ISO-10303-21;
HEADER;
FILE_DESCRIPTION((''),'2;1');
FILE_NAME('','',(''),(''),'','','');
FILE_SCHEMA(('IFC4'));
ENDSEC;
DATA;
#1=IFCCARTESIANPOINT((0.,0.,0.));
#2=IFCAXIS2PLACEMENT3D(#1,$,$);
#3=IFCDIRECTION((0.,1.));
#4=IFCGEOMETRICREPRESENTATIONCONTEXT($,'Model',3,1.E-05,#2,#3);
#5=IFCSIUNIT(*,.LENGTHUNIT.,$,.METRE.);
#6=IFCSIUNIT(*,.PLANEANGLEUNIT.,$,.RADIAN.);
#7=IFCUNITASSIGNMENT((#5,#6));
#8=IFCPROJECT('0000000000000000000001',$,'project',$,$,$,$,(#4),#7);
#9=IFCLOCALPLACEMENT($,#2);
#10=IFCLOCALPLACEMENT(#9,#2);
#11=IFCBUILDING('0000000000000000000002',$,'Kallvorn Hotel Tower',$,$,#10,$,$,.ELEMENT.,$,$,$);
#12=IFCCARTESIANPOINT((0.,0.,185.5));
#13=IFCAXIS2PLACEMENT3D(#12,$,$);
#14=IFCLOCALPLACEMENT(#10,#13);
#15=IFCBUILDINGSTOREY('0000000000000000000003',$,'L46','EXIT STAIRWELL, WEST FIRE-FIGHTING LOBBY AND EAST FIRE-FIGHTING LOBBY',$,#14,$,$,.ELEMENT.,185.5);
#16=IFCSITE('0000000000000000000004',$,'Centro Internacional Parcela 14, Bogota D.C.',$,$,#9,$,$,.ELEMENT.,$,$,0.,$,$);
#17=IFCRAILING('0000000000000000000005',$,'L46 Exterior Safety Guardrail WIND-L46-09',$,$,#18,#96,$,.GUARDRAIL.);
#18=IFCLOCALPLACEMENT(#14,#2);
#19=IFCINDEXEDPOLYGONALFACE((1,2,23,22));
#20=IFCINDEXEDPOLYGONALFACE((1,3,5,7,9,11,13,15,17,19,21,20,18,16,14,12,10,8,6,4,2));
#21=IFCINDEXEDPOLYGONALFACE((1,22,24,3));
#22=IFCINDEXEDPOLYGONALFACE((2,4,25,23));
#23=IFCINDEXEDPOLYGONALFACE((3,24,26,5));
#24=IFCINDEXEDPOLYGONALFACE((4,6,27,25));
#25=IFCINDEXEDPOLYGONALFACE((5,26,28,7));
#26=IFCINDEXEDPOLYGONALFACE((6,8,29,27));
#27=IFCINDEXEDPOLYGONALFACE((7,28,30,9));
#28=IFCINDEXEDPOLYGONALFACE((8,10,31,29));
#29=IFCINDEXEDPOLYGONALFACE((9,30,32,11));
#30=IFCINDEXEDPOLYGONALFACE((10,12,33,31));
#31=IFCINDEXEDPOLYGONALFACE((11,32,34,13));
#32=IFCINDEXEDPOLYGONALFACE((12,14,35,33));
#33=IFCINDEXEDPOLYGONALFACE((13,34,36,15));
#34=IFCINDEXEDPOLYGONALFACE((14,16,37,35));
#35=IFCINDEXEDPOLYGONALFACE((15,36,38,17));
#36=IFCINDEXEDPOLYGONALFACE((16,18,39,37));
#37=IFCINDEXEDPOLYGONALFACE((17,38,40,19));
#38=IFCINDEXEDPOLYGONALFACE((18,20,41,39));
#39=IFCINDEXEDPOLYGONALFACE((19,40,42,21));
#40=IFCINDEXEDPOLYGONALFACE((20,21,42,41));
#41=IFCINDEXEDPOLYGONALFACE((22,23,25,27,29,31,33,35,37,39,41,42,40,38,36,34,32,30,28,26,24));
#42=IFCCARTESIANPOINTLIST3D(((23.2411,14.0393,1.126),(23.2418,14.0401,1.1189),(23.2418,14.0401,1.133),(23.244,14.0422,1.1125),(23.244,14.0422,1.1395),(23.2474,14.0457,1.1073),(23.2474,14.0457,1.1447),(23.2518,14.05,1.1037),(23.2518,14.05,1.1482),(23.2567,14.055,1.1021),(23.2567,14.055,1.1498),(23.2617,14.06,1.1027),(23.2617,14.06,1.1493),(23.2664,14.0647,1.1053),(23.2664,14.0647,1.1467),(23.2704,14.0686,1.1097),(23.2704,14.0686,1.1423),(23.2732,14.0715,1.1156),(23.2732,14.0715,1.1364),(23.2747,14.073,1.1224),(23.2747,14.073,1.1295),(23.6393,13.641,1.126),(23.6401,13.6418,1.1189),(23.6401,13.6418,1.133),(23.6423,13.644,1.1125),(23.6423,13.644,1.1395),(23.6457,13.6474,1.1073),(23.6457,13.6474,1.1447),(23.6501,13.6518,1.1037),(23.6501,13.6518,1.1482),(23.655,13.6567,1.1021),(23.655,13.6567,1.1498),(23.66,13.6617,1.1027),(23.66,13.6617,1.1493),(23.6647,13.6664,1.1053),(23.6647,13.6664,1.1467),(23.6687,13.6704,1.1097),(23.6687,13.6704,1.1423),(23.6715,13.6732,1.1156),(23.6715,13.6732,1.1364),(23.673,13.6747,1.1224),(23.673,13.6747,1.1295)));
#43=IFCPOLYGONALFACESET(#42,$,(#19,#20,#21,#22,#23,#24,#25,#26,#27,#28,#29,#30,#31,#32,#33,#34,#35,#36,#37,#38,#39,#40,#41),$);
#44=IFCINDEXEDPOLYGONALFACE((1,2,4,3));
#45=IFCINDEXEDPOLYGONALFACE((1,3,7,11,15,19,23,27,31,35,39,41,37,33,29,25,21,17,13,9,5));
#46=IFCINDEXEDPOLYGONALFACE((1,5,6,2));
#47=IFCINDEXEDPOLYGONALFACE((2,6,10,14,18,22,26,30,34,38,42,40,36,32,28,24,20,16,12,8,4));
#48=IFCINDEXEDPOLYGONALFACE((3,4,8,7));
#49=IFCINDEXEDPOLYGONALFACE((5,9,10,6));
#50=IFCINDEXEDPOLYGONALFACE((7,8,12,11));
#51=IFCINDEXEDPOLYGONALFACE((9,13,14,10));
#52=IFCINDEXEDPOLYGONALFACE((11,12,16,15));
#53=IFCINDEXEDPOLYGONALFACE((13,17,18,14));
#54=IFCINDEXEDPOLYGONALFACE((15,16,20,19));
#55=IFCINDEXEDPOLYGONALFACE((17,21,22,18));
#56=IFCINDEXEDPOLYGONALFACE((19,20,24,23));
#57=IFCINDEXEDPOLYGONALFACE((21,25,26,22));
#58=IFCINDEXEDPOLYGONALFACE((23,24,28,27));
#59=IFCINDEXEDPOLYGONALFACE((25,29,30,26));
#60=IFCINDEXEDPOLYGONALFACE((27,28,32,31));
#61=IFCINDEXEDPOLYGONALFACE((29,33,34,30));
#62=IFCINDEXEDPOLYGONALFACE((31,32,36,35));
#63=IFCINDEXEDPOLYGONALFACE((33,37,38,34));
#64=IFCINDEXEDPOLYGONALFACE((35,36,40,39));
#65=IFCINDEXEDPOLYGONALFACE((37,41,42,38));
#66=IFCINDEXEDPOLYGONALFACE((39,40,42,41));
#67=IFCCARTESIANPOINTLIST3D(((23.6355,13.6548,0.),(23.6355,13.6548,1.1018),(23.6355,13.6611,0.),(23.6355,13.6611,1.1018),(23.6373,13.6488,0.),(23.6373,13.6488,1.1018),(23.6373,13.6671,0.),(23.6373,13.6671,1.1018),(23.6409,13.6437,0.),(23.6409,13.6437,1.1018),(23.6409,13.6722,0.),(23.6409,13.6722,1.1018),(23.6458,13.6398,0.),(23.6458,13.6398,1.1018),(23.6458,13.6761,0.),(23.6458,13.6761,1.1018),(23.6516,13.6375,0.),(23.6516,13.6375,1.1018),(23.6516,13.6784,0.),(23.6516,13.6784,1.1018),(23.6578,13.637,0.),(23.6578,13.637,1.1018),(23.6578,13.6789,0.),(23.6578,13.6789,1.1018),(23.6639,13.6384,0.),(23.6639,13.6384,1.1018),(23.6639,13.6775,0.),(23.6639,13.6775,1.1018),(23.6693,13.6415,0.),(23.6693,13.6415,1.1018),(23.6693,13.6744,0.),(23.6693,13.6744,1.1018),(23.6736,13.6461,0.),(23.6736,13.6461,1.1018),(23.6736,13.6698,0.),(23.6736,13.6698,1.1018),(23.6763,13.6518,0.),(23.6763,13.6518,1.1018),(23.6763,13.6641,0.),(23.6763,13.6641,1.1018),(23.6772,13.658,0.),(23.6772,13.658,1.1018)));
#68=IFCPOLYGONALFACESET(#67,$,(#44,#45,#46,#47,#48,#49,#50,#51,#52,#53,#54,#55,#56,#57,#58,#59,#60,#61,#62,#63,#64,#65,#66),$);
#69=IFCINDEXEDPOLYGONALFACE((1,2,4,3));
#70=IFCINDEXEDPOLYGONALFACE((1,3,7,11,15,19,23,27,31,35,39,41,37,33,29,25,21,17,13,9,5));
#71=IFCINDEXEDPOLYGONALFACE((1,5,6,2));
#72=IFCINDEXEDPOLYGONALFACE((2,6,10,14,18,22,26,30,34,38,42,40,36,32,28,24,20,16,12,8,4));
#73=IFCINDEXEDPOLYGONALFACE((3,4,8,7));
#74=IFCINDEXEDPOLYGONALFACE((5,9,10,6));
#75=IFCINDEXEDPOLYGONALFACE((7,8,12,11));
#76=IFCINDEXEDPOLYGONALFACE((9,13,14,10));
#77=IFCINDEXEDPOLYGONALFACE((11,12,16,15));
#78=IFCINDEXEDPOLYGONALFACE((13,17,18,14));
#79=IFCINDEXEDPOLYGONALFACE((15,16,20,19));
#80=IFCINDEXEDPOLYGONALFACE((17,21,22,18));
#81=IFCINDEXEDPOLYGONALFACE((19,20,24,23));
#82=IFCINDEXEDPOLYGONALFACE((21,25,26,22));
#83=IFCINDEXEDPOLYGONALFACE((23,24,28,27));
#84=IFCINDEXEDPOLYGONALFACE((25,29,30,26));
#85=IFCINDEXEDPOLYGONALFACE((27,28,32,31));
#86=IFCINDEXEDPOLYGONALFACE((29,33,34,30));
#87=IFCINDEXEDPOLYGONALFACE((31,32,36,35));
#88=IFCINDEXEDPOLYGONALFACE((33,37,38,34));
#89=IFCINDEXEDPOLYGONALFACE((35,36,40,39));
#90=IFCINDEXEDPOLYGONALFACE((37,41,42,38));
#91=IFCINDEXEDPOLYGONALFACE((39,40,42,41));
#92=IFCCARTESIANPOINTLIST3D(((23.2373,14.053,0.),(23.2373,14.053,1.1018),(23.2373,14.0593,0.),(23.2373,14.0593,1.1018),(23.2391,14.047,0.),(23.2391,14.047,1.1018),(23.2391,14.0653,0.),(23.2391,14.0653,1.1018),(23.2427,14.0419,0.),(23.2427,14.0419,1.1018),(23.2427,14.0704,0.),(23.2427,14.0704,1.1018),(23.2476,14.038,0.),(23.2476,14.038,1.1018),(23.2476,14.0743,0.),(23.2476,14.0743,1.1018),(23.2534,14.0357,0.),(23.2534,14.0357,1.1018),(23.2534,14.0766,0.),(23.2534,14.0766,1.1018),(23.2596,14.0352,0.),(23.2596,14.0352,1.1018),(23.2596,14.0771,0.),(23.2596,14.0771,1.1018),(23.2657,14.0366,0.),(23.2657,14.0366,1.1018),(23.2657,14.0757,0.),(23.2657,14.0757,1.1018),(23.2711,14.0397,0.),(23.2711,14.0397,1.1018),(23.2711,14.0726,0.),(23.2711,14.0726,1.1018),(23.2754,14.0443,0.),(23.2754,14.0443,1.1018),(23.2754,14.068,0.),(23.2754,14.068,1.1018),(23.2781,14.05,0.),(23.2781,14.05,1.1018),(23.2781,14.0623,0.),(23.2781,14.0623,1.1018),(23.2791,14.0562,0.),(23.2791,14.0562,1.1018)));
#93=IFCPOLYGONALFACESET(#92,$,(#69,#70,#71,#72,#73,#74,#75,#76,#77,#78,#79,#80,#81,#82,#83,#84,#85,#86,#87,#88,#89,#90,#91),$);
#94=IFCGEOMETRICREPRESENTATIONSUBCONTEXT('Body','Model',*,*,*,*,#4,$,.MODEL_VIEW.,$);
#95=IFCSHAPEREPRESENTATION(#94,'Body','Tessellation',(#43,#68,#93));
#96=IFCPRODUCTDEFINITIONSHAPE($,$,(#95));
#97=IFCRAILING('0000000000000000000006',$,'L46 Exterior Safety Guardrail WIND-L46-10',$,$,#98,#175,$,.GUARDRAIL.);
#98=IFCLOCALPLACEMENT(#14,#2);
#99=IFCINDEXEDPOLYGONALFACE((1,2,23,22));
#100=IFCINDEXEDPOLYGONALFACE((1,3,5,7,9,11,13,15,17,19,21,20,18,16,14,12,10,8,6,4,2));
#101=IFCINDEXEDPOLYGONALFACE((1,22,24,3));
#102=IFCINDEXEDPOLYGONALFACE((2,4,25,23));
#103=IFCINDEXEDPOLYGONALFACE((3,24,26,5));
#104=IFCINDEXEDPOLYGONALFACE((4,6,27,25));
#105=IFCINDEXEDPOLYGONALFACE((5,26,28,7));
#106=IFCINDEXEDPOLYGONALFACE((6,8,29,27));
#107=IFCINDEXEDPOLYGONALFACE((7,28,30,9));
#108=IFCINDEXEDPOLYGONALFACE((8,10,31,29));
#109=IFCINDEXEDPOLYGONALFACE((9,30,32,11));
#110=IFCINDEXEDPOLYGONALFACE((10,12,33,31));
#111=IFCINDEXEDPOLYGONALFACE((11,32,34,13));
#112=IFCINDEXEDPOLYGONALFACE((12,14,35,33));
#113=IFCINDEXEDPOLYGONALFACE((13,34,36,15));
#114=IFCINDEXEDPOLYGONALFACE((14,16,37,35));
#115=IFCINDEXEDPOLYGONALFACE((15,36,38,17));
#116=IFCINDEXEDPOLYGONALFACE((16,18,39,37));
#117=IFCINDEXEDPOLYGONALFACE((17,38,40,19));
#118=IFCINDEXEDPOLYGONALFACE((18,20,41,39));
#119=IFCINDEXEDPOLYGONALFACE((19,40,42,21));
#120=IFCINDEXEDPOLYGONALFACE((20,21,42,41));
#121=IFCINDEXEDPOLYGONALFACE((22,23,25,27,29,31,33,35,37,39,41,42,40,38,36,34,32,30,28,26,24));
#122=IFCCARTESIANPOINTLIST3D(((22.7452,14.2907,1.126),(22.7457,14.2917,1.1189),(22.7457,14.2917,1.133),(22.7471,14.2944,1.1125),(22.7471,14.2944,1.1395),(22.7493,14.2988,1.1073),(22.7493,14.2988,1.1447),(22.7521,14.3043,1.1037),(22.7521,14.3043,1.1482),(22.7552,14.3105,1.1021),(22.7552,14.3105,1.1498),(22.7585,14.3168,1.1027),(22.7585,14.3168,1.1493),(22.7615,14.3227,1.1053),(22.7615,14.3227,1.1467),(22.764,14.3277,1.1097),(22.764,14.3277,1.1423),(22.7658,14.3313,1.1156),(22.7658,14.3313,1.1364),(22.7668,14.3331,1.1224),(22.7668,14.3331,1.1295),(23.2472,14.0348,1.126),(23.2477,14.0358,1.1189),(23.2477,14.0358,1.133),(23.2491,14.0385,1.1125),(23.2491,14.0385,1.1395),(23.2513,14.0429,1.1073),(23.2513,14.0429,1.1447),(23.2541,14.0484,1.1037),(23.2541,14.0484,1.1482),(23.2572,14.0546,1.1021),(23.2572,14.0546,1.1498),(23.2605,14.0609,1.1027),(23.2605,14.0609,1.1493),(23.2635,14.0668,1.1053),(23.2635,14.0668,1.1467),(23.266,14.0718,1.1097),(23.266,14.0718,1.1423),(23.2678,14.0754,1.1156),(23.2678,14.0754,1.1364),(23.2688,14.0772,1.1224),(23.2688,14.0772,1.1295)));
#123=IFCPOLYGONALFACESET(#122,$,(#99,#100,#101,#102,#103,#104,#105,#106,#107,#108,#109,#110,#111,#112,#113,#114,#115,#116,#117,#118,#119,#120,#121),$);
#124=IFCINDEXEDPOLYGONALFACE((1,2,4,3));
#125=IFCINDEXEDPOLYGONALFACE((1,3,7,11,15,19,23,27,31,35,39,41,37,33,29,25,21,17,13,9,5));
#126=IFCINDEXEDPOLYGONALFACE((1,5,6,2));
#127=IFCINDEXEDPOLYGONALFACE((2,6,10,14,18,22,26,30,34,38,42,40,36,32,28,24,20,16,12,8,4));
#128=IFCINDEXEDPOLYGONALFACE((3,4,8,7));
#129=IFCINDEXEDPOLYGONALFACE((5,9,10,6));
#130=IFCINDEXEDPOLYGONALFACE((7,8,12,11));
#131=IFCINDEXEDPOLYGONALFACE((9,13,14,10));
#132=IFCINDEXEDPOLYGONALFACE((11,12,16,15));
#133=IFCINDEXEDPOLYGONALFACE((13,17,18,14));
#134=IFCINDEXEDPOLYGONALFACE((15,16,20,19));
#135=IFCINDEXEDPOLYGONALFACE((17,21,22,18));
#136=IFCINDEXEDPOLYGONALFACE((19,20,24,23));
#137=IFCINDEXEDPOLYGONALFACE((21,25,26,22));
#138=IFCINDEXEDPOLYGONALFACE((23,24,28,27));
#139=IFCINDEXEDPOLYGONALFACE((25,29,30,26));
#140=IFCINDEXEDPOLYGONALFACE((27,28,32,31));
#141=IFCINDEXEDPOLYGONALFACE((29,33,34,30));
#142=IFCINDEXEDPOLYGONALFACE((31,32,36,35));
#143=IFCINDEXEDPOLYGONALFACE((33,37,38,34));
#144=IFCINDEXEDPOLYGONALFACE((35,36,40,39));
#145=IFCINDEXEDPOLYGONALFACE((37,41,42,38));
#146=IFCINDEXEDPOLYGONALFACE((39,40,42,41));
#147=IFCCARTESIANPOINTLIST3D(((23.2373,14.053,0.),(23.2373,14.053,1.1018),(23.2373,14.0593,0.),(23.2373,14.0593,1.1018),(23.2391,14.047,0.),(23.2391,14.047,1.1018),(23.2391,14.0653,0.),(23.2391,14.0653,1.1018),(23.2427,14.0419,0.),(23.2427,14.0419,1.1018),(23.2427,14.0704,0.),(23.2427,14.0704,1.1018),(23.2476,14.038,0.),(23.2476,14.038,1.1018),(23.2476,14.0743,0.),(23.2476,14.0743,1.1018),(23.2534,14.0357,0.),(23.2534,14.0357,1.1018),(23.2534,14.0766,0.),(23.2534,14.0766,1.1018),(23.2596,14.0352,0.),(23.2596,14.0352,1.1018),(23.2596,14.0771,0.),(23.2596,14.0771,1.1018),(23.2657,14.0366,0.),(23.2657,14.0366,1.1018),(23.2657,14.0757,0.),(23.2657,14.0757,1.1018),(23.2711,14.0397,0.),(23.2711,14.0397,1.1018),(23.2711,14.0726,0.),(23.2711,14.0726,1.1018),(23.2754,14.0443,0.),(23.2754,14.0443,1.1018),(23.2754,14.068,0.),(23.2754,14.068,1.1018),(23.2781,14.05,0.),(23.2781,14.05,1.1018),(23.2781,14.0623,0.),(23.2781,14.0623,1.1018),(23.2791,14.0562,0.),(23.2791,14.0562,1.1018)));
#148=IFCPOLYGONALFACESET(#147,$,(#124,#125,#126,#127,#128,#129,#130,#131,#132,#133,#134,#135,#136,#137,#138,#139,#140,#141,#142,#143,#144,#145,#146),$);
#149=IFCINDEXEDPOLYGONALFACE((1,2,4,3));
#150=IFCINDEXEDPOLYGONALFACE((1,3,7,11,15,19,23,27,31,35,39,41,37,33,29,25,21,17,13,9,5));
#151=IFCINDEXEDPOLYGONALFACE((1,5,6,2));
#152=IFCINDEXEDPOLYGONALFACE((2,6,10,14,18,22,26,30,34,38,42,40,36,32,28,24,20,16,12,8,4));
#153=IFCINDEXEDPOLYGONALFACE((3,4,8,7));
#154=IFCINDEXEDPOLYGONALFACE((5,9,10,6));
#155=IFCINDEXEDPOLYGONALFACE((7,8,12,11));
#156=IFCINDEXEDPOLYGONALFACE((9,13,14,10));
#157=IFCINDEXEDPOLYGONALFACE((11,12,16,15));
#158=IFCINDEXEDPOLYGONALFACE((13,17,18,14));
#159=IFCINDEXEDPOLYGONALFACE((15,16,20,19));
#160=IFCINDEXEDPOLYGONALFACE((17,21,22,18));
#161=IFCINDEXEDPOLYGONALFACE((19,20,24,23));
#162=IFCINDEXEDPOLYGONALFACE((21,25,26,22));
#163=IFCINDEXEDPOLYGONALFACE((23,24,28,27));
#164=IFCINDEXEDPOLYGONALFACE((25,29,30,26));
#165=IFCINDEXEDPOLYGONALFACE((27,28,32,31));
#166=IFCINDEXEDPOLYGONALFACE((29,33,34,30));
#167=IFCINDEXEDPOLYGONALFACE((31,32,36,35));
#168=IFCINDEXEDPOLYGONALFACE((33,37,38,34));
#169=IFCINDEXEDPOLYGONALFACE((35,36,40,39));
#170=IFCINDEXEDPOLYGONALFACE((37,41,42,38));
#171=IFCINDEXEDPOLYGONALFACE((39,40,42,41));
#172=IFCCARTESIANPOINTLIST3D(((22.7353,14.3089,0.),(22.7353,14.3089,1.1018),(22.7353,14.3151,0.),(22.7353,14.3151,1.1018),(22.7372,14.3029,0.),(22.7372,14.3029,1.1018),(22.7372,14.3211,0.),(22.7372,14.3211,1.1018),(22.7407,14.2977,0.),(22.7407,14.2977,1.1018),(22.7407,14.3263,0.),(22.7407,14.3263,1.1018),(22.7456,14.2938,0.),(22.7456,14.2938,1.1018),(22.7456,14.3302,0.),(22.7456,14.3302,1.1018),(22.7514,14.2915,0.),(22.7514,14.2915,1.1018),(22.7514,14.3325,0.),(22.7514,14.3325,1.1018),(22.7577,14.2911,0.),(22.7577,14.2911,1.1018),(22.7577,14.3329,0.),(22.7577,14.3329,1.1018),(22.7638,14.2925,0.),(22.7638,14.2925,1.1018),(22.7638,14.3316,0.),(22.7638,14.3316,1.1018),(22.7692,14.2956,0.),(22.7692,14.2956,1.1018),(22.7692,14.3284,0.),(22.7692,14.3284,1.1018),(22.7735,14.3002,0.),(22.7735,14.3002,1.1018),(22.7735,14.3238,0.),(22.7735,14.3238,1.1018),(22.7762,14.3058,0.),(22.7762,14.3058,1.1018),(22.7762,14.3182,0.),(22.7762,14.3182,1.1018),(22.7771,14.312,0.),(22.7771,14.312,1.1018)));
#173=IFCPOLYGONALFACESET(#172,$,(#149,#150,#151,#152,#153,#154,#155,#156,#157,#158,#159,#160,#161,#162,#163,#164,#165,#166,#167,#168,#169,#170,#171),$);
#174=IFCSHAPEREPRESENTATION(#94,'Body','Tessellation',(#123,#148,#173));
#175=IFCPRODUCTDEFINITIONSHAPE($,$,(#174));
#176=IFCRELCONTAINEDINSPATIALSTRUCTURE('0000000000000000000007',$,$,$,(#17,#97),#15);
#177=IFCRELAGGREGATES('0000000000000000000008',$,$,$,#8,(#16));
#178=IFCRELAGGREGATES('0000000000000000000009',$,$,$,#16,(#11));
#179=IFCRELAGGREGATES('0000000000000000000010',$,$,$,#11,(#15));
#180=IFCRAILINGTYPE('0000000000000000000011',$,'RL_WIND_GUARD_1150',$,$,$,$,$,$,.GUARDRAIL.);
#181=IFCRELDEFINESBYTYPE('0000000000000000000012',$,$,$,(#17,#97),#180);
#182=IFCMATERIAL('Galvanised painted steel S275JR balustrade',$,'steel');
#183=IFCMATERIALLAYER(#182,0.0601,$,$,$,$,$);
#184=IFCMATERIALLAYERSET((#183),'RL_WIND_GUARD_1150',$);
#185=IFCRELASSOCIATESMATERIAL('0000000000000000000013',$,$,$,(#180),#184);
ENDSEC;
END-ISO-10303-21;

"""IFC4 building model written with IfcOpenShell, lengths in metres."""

from ifc_helpers import new_model, si_unit, direction, frame, origin, origin_2d, place, context, subcontext, project, spatial, circle, extrude, material, layer, layer_set, type_object, element, save


model = new_model("IFC4")

# Units and contexts
model_context = context("Model", 3, precision=1e-05, world=origin(), true_north=direction((0.0, 1.0)))
body_context = subcontext(model_context, "Body", "Model", "MODEL_VIEW")
ifc_project = project(units=[si_unit("LENGTHUNIT", "METRE"), si_unit("PLANEANGLEUNIT", "RADIAN")], contexts=[model_context])

# Site, building, storey
site_placement = place(None, origin())
site = spatial("IfcSite", under=ifc_project, at=site_placement, Name="Centro Internacional Parcela 14, Bogota D.C.", CompositionType="ELEMENT", RefElevation=0.0)
building_placement = place(site_placement, origin())
building = spatial("IfcBuilding", under=site, at=building_placement, Name="Kallvorn Hotel Tower", CompositionType="ELEMENT")
storey_placement = place(building_placement, frame((0.0, 0.0, 185.5)))
storey = spatial("IfcBuildingStorey", under=building, at=storey_placement, Name="L46", Description="EXIT STAIRWELL, WEST FIRE-FIGHTING LOBBY AND EAST FIRE-FIGHTING LOBBY", CompositionType="ELEMENT", Elevation=185.5)

# Railings
ifc_material_1 = material(Name="Galvanised painted steel S275JR balustrade", Category="steel")
ifc_layer_1 = layer(ifc_material_1, 0.0601)
ifc_layer_set_1 = layer_set([ifc_layer_1], Name="RL_WIND_GUARD_1150")
railing_type = type_object("IfcRailingType", Name="RL_WIND_GUARD_1150", PredefinedType="GUARDRAIL", material=ifc_layer_set_1)
railing_1_placement = place(storey_placement, frame((23.6562, 13.658, 0.0)))
element("IfcRailing", 1, at=railing_1_placement, inside=storey, type_object=railing_type, Name="L46 Exterior Safety Guardrail WIND-L46-09", PredefinedType="GUARDRAIL", context=body_context, shape_type="SweptSolid", body=[
    extrude(circle(Radius=0.0239, at=origin_2d()), frame((0.0, 0.0, 1.126), z_axis=(-0.707107, 0.707107, 0.0), x_axis=(-0.707107, -0.707107, 0.0)), (0.0, 0.0, 1.0), 0.5632),
    extrude(circle(Radius=0.021, at=origin_2d()), origin(), (0.0, 0.0, 1.0), 1.1018),
    extrude(circle(Radius=0.021, at=origin_2d()), frame((-0.3982, 0.3982, 0.0)), (0.0, 0.0, 1.0), 1.1018),
])
railing_2_placement = place(storey_placement, frame((23.2581, 14.0562, 0.0)))
element("IfcRailing", 2, at=railing_2_placement, inside=storey, type_object=railing_type, Name="L46 Exterior Safety Guardrail WIND-L46-10", PredefinedType="GUARDRAIL", context=body_context, shape_type="SweptSolid", body=[
    extrude(circle(Radius=0.0239, at=origin_2d()), frame((0.0, 0.0, 1.126), z_axis=(-0.890934, 0.454133, 0.0), x_axis=(-0.454133, -0.890934, 0.0)), (0.0, 0.0, 1.0), 0.5635),
    extrude(circle(Radius=0.021, at=origin_2d()), origin(), (0.0, 0.0, 1.0), 1.1018),
    extrude(circle(Radius=0.021, at=origin_2d()), frame((-0.502, 0.2559, 0.0)), (0.0, 0.0, 1.0), 1.1018),
])

save(model, "model.ifc")
